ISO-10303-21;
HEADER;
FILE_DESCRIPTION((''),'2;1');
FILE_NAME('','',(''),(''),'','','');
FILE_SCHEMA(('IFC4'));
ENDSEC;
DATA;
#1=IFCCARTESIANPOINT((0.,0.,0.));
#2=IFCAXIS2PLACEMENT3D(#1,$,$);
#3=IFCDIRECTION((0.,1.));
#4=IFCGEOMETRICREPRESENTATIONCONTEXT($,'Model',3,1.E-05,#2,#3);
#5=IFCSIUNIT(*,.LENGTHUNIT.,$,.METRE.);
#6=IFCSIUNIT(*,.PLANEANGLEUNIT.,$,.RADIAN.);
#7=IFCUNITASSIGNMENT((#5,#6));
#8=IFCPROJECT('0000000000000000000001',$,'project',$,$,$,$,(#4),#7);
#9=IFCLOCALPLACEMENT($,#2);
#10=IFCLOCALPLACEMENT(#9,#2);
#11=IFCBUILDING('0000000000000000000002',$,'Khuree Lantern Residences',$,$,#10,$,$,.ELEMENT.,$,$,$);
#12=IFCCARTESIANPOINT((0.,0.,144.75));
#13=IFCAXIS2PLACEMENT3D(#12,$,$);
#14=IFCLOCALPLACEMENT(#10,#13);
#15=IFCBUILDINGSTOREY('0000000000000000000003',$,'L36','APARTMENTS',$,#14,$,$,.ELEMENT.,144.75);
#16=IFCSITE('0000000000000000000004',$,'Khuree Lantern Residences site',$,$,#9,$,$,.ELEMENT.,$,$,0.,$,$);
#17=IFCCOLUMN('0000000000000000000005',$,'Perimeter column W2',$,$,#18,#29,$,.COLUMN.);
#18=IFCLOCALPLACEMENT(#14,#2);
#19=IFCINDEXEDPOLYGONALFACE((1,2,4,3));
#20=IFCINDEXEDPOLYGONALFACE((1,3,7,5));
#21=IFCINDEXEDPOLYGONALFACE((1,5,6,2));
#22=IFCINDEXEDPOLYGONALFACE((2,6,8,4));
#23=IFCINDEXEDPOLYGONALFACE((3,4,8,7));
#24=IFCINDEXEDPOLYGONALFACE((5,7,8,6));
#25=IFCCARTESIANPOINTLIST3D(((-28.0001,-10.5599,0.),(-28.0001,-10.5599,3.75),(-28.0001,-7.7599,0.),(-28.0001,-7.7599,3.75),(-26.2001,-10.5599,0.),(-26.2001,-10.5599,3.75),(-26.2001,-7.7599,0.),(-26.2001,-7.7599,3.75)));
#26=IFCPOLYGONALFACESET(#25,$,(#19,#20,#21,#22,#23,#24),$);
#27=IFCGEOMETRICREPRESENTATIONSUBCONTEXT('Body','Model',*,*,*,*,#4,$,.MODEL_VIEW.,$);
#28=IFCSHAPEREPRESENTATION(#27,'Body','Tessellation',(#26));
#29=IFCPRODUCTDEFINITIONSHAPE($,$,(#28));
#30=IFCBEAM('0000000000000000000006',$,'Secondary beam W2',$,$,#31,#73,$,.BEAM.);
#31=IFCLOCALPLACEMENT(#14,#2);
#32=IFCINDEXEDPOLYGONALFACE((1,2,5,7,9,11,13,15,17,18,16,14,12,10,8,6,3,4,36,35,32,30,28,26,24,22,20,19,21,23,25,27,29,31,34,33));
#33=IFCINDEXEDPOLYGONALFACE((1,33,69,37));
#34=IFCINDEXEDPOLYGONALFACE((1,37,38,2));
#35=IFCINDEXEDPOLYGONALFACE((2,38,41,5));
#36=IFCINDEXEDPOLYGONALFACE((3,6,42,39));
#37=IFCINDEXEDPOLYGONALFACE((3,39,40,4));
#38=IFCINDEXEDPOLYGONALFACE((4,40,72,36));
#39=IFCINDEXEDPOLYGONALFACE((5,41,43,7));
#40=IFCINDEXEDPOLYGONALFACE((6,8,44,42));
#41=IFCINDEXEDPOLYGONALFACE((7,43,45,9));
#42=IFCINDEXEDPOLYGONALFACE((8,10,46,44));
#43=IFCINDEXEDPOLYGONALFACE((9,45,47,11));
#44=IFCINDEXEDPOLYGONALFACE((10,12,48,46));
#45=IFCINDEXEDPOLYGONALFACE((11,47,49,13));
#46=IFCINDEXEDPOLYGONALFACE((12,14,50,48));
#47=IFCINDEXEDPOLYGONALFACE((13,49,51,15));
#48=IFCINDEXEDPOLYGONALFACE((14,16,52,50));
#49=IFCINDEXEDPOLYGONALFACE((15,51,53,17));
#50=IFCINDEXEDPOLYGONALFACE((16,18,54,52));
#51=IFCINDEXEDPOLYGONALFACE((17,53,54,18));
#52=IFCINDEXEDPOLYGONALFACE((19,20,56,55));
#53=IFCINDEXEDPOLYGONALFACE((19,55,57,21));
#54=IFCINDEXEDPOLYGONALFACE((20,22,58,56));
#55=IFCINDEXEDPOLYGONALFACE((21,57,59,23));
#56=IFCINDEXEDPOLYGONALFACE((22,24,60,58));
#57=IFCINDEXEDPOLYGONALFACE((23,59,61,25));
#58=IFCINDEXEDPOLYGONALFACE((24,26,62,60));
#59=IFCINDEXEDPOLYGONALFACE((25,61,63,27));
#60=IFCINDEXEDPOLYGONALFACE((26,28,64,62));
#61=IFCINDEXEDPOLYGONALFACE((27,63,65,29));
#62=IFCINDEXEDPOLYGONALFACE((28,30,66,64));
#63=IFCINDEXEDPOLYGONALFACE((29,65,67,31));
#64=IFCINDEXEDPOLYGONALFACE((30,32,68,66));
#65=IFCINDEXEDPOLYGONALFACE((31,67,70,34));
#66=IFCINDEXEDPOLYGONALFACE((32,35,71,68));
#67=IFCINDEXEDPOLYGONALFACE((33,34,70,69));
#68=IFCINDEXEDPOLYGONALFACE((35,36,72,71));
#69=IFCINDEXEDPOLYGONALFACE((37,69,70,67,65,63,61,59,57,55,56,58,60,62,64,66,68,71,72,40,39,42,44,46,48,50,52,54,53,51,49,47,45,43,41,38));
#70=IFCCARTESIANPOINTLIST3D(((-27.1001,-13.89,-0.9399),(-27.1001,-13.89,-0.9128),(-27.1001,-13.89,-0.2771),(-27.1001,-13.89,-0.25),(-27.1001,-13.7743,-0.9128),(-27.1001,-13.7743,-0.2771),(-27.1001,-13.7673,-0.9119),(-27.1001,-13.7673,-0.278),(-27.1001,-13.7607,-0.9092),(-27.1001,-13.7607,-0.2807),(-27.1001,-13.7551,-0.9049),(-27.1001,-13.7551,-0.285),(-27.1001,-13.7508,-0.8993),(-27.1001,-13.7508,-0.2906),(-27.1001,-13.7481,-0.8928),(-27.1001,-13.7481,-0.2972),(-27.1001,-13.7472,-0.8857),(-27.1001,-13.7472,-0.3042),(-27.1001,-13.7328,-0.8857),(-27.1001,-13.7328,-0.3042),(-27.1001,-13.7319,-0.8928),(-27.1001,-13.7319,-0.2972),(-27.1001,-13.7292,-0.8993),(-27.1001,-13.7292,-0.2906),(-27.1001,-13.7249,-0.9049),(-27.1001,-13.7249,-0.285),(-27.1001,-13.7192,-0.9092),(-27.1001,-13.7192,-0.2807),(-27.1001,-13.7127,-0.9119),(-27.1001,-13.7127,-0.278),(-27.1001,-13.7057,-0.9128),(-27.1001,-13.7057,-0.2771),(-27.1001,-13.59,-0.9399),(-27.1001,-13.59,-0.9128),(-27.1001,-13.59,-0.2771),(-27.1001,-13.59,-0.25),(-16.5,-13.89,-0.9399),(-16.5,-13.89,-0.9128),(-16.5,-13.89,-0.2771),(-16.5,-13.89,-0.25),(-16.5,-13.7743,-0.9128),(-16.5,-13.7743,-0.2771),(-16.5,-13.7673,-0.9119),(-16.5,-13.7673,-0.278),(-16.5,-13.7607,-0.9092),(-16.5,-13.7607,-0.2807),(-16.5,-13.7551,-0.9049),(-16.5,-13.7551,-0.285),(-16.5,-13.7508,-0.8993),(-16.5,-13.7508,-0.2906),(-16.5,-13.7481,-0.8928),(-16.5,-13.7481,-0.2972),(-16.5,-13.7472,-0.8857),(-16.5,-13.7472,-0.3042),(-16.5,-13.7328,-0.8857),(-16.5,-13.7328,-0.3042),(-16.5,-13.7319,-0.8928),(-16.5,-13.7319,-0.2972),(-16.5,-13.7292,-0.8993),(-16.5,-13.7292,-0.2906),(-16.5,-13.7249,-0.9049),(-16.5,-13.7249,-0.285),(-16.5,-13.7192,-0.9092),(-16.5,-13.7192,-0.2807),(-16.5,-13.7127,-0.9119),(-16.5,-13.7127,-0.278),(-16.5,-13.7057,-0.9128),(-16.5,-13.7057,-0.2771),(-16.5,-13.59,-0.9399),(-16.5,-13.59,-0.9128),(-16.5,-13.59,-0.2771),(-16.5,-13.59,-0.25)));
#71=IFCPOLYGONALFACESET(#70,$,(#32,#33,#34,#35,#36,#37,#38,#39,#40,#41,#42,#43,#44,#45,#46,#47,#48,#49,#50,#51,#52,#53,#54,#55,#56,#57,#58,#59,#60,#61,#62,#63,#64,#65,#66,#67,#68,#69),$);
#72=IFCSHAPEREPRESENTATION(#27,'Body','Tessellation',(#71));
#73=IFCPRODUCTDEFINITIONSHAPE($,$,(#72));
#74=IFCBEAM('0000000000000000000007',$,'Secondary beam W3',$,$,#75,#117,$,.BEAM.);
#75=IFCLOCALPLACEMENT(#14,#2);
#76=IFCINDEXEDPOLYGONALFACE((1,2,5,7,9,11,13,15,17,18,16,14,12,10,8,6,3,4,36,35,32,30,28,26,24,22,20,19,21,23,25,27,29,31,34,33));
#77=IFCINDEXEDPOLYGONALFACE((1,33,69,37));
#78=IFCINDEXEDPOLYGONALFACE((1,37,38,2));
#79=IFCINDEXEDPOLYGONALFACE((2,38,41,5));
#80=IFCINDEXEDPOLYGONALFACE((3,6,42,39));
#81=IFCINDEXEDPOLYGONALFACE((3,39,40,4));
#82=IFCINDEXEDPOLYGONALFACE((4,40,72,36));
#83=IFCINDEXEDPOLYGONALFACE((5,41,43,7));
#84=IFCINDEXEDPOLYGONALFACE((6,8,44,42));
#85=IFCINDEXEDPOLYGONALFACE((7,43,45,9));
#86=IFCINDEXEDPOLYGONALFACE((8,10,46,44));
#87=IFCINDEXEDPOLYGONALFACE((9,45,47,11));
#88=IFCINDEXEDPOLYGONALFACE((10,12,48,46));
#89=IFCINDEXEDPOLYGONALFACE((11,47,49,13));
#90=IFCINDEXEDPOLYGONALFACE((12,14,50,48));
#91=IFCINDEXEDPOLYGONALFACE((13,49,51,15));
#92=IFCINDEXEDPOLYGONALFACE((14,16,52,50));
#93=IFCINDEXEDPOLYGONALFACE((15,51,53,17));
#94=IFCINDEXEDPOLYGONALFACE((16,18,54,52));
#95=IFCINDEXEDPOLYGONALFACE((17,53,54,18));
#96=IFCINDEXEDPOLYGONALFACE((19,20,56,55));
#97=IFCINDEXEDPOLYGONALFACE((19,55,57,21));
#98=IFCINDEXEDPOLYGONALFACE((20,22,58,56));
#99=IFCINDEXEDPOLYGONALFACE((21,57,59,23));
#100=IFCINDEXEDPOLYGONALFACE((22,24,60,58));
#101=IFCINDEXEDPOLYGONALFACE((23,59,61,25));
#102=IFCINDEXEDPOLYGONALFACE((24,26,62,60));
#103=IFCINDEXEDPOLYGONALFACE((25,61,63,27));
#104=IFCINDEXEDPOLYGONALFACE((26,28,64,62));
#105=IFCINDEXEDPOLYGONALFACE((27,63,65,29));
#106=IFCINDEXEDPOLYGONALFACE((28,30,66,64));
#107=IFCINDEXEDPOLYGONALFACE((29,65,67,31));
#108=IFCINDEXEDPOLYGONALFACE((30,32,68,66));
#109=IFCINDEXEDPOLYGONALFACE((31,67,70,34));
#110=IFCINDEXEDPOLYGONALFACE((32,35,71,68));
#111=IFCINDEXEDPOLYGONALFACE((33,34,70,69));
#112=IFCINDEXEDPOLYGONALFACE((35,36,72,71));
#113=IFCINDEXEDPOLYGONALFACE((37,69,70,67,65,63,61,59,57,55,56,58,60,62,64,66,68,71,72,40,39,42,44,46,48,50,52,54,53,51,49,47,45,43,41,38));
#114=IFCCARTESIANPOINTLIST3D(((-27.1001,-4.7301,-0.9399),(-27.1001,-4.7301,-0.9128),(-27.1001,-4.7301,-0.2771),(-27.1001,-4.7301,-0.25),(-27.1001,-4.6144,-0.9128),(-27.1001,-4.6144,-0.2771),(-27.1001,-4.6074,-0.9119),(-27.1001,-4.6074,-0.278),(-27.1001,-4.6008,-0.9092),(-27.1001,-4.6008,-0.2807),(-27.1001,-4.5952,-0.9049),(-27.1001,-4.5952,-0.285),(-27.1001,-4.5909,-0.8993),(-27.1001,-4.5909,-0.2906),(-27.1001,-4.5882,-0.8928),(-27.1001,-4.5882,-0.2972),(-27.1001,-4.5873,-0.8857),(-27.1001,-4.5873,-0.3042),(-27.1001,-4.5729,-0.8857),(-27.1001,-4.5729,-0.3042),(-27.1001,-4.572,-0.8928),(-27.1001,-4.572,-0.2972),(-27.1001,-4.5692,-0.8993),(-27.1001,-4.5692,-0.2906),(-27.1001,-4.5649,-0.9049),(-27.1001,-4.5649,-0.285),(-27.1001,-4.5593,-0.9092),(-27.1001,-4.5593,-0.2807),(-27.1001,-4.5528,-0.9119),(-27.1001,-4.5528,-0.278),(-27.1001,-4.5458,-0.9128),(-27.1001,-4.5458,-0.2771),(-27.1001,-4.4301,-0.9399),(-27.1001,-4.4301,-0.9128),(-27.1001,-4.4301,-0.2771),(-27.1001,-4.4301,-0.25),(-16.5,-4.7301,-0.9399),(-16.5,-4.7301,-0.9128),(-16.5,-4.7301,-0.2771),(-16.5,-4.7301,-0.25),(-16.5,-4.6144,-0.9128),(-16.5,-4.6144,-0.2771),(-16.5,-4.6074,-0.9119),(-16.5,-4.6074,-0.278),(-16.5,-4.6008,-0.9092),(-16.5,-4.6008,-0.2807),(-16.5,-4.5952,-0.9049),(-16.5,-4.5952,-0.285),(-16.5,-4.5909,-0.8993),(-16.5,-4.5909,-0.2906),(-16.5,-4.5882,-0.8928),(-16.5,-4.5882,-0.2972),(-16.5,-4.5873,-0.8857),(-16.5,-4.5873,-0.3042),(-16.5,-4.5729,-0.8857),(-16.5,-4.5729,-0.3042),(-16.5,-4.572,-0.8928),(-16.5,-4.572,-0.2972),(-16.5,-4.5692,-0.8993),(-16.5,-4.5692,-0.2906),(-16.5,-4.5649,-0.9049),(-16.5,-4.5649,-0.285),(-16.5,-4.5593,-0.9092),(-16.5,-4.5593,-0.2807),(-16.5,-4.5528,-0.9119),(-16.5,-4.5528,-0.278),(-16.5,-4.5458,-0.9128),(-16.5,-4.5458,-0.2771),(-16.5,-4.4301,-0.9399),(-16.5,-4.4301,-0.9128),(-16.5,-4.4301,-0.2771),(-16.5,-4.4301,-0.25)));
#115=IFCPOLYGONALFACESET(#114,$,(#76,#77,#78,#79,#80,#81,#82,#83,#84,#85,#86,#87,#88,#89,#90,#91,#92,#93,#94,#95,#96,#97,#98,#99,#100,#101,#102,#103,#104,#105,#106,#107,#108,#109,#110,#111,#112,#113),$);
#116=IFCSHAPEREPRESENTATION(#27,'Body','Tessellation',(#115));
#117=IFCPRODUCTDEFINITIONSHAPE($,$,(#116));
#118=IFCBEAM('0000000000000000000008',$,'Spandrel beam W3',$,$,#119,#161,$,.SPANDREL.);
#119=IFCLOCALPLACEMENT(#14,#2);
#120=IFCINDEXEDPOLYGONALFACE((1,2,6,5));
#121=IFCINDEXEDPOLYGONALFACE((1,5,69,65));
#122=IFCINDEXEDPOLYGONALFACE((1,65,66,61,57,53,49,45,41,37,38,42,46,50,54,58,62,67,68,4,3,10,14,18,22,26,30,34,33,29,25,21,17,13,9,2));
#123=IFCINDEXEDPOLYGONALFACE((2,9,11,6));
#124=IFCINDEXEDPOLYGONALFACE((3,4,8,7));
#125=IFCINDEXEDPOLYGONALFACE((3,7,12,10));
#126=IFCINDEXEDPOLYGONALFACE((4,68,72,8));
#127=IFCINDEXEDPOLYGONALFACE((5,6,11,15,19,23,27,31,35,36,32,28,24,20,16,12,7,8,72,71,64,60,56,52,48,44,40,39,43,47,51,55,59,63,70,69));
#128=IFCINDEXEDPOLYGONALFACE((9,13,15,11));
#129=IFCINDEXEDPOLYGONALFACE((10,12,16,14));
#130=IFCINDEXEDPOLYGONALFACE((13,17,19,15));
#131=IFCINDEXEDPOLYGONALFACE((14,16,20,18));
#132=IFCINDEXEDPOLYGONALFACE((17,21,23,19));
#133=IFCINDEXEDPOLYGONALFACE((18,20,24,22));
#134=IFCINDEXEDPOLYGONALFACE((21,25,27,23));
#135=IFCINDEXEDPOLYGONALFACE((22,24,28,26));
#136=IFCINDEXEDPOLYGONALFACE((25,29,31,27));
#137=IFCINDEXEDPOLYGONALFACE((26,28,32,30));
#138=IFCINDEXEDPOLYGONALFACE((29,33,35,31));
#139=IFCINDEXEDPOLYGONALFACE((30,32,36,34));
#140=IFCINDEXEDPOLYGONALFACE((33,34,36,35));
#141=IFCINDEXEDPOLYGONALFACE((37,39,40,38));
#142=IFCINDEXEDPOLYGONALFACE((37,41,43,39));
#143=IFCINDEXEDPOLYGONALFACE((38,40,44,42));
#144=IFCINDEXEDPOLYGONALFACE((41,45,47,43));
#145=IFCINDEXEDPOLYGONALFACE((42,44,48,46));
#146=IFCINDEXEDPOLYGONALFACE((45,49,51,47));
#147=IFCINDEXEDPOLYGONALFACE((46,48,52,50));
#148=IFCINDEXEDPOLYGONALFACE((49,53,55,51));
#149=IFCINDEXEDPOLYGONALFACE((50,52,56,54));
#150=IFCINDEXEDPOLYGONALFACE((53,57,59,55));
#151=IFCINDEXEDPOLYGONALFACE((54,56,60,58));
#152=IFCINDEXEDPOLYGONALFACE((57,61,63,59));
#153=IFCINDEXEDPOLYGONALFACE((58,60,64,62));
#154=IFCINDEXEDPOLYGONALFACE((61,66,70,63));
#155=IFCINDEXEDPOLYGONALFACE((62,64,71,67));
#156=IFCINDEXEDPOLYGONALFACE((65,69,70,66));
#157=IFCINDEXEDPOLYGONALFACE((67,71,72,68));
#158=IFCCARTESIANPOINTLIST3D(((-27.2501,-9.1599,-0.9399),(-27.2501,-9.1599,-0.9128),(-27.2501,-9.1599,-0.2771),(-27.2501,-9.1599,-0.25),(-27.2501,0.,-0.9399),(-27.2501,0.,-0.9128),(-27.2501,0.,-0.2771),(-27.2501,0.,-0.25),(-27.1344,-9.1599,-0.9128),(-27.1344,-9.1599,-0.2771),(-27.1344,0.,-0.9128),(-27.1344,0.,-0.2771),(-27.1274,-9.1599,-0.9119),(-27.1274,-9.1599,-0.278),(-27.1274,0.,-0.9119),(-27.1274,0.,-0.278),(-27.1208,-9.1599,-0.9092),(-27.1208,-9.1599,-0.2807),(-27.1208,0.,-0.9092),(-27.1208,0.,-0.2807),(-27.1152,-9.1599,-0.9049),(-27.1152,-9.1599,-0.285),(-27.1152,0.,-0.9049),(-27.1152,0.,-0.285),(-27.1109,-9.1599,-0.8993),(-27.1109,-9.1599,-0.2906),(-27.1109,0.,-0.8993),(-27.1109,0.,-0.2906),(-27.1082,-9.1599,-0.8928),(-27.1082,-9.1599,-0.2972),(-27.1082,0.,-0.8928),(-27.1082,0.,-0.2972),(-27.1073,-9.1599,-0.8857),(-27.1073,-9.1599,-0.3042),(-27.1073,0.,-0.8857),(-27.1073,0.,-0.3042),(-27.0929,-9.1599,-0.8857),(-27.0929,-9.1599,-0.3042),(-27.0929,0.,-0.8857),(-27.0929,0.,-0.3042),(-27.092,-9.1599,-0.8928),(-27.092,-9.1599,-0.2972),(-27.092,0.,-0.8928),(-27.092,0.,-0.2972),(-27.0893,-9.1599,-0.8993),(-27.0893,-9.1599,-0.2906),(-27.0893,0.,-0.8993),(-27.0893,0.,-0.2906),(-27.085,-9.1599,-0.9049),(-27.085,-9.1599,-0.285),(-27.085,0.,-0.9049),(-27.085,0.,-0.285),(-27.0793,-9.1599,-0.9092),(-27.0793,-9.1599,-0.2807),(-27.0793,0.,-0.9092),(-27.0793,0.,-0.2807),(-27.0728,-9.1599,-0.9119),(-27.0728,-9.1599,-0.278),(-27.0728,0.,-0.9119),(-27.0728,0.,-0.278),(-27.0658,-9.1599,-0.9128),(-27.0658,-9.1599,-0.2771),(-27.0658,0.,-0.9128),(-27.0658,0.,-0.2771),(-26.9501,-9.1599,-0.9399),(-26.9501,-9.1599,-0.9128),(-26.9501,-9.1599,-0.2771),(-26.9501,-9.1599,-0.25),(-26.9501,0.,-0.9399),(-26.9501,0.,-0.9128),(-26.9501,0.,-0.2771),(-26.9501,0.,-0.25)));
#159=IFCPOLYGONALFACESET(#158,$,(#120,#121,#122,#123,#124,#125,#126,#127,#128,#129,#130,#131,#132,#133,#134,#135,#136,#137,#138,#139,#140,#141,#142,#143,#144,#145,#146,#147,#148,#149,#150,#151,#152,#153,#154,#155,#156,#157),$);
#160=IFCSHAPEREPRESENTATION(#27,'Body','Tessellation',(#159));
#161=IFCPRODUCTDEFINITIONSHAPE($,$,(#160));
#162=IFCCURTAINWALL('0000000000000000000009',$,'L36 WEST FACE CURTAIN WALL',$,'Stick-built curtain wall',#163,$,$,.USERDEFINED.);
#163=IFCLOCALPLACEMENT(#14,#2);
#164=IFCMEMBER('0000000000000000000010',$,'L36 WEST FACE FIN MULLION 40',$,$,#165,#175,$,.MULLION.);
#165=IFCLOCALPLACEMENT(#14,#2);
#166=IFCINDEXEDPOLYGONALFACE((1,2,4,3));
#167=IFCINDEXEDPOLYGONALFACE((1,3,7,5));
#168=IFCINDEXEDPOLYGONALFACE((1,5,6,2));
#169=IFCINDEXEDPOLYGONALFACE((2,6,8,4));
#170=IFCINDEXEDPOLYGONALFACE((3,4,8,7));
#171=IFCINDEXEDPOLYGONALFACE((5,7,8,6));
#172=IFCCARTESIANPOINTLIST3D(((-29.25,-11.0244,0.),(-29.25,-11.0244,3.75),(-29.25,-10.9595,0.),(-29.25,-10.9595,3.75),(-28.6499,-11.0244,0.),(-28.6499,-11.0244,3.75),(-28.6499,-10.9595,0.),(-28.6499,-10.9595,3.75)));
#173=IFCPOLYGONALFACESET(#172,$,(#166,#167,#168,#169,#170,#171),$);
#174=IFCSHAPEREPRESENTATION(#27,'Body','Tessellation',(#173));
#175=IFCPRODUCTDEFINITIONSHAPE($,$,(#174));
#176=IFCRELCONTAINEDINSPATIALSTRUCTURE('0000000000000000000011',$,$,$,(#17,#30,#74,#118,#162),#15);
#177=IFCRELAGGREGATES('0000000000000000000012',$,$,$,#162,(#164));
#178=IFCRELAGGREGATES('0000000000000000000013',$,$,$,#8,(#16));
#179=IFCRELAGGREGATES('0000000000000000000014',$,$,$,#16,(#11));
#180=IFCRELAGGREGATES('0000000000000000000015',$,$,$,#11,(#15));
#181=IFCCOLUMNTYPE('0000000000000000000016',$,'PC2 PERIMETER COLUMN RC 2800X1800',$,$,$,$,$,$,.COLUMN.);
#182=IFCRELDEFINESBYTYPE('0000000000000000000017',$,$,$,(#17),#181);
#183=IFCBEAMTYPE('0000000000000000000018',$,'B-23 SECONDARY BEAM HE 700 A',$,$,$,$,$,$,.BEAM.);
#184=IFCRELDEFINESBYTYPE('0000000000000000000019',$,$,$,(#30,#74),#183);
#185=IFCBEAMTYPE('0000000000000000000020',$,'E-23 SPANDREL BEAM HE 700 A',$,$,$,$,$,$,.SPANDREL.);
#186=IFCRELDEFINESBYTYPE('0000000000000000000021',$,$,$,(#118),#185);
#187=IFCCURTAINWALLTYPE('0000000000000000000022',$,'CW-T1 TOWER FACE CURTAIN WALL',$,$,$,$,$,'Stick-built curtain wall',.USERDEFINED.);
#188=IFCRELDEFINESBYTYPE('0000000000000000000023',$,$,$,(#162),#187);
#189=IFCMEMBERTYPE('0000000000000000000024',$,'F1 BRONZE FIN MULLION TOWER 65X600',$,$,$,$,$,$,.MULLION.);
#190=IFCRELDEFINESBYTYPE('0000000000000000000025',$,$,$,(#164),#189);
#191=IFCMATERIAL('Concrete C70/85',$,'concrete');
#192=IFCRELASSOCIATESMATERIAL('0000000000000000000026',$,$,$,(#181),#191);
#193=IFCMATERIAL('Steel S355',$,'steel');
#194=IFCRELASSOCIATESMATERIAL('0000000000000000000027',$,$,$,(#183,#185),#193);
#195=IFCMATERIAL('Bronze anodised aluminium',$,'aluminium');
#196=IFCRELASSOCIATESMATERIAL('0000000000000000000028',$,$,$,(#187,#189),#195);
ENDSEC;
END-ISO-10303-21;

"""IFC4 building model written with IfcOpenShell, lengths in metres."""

from ifc_helpers import new_model, si_unit, direction, frame, origin, origin_2d, place, context, subcontext, project, spatial, rectangle, i_section, extrude, material, material_profile, profile_set, type_object, element, aggregate, save


model = new_model("IFC4")

# Units and contexts
model_context = context("Model", 3, precision=1e-05, world=origin(), true_north=direction((0.0, 1.0)))
body_context = subcontext(model_context, "Body", "Model", "MODEL_VIEW")
ifc_project = project(units=[si_unit("LENGTHUNIT", "METRE"), si_unit("PLANEANGLEUNIT", "RADIAN")], contexts=[model_context])

# Site, building, storey
site_placement = place(None, origin())
site = spatial("IfcSite", under=ifc_project, at=site_placement, Name="Khuree Lantern Residences site", CompositionType="ELEMENT", RefElevation=0.0)
building_placement = place(site_placement, origin())
building = spatial("IfcBuilding", under=site, at=building_placement, Name="Khuree Lantern Residences", CompositionType="ELEMENT")
storey_placement = place(building_placement, frame((0.0, 0.0, 144.75)))
storey = spatial("IfcBuildingStorey", under=building, at=storey_placement, Name="L36", Description="APARTMENTS", CompositionType="ELEMENT", Elevation=144.75)

# Column
ifc_material_1 = material(Name="Concrete C70/85", Category="concrete")
ifc_material_profile_1 = material_profile(ifc_material_1, rectangle(XDim=2.8, YDim=1.8, at=origin_2d()), Name="RC 2800X1800")
ifc_profile_set_1 = profile_set([ifc_material_profile_1], Name="Concrete C70/85")
column_type = type_object("IfcColumnType", Name="PC2 PERIMETER COLUMN RC 2800X1800", PredefinedType="COLUMN", material=ifc_profile_set_1)
column_placement = place(storey_placement, frame((-27.1001, -9.1599, 0.0), z_axis=(0.0, 0.0, 1.0), x_axis=(0.0, 1.0, 0.0)))
element("IfcColumn", 1, at=column_placement, inside=storey, type_object=column_type, Name="Perimeter column W2", PredefinedType="COLUMN", context=body_context, shape_type="SweptSolid", body=[
    extrude(rectangle(XDim=2.8, YDim=1.8, at=origin_2d()), origin(), (0.0, 0.0, 1.0), 3.75),
])

# Beams
ifc_material_2 = material(Name="Steel S355", Category="steel")
ifc_material_profile_2 = material_profile(ifc_material_2, i_section(OverallWidth=0.3, OverallDepth=0.6899, WebThickness=0.0144, FlangeThickness=0.0271, FilletRadius=0.0271, at=origin_2d()), Name="HE 700 A")
ifc_profile_set_2 = profile_set([ifc_material_profile_2], Name="Steel S355")
beam_type_1 = type_object("IfcBeamType", Name="B-23 SECONDARY BEAM HE 700 A", PredefinedType="BEAM", material=ifc_profile_set_2)
for number, where, z_axis, x_axis, name in (
    (2, (-27.1001, -13.74, -0.595), (1.0, 0.0, 0.0), (0.0, 1.0, 0.0), "Secondary beam W2"),
    (3, (-27.1001, -4.5801, -0.595), (1.0, 0.0, 0.0), (0.0, 1.0, 0.0), "Secondary beam W3"),
):
    element("IfcBeam", number, at=place(storey_placement, frame(where, z_axis=z_axis, x_axis=x_axis)), inside=storey, type_object=beam_type_1, Name=name, PredefinedType="BEAM", context=body_context, shape_type="SweptSolid", body=[
        extrude(i_section(OverallWidth=0.3, OverallDepth=0.6899, WebThickness=0.0144, FlangeThickness=0.0271, FilletRadius=0.0271, at=origin_2d()), origin(), (0.0, 0.0, 1.0), 10.6001),
    ])
ifc_material_profile_3 = material_profile(ifc_material_2, i_section(OverallWidth=0.3, OverallDepth=0.6899, WebThickness=0.0144, FlangeThickness=0.0271, FilletRadius=0.0271, at=origin_2d()), Name="HE 700 A")
ifc_profile_set_3 = profile_set([ifc_material_profile_3], Name="Steel S355")
beam_type_2 = type_object("IfcBeamType", Name="E-23 SPANDREL BEAM HE 700 A", PredefinedType="SPANDREL", material=ifc_profile_set_3)
beam_1_placement = place(storey_placement, frame((-27.1001, -9.1599, -0.595), z_axis=(0.0, 1.0, 0.0), x_axis=(-1.0, 0.0, 0.0)))
element("IfcBeam", 4, at=beam_1_placement, inside=storey, type_object=beam_type_2, Name="Spandrel beam W3", PredefinedType="SPANDREL", context=body_context, shape_type="SweptSolid", body=[
    extrude(i_section(OverallWidth=0.3, OverallDepth=0.6899, WebThickness=0.0144, FlangeThickness=0.0271, FilletRadius=0.0271, at=origin_2d()), origin(), (0.0, 0.0, 1.0), 9.1599),
])

# Curtain wall, member
ifc_material_3 = material(Name="Bronze anodised aluminium", Category="aluminium")
curtain_wall_type = type_object("IfcCurtainWallType", Name="CW-T1 TOWER FACE CURTAIN WALL", ElementType="Stick-built curtain wall", PredefinedType="USERDEFINED", material=ifc_material_3)
curtain_wall_placement = place(storey_placement, origin())
curtain_wall = element("IfcCurtainWall", 5, at=curtain_wall_placement, inside=storey, type_object=curtain_wall_type, Name="L36 WEST FACE CURTAIN WALL", ObjectType="Stick-built curtain wall", PredefinedType="USERDEFINED")
ifc_material_profile_4 = material_profile(ifc_material_3, rectangle(XDim=0.0649, YDim=0.6001, at=origin_2d()), Name="F1 65X600")
ifc_profile_set_4 = profile_set([ifc_material_profile_4], Name="Bronze anodised aluminium")
member_type_1 = type_object("IfcMemberType", Name="F1 BRONZE FIN MULLION TOWER 65X600", PredefinedType="MULLION", material=ifc_profile_set_4)
member_1_placement = place(storey_placement, frame((-28.95, -10.9919, 0.0), z_axis=(0.0, 0.0, 1.0), x_axis=(0.0, -1.0, 0.0)))
member_1 = element("IfcMember", 6, at=member_1_placement, type_object=member_type_1, Name="L36 WEST FACE FIN MULLION 40", PredefinedType="MULLION", context=body_context, shape_type="SweptSolid", body=[
    extrude(rectangle(XDim=0.0649, YDim=0.6001, at=origin_2d()), origin(), (0.0, 0.0, 1.0), 3.75),
])

aggregate(curtain_wall, [member_1])

save(model, "model.ifc")
